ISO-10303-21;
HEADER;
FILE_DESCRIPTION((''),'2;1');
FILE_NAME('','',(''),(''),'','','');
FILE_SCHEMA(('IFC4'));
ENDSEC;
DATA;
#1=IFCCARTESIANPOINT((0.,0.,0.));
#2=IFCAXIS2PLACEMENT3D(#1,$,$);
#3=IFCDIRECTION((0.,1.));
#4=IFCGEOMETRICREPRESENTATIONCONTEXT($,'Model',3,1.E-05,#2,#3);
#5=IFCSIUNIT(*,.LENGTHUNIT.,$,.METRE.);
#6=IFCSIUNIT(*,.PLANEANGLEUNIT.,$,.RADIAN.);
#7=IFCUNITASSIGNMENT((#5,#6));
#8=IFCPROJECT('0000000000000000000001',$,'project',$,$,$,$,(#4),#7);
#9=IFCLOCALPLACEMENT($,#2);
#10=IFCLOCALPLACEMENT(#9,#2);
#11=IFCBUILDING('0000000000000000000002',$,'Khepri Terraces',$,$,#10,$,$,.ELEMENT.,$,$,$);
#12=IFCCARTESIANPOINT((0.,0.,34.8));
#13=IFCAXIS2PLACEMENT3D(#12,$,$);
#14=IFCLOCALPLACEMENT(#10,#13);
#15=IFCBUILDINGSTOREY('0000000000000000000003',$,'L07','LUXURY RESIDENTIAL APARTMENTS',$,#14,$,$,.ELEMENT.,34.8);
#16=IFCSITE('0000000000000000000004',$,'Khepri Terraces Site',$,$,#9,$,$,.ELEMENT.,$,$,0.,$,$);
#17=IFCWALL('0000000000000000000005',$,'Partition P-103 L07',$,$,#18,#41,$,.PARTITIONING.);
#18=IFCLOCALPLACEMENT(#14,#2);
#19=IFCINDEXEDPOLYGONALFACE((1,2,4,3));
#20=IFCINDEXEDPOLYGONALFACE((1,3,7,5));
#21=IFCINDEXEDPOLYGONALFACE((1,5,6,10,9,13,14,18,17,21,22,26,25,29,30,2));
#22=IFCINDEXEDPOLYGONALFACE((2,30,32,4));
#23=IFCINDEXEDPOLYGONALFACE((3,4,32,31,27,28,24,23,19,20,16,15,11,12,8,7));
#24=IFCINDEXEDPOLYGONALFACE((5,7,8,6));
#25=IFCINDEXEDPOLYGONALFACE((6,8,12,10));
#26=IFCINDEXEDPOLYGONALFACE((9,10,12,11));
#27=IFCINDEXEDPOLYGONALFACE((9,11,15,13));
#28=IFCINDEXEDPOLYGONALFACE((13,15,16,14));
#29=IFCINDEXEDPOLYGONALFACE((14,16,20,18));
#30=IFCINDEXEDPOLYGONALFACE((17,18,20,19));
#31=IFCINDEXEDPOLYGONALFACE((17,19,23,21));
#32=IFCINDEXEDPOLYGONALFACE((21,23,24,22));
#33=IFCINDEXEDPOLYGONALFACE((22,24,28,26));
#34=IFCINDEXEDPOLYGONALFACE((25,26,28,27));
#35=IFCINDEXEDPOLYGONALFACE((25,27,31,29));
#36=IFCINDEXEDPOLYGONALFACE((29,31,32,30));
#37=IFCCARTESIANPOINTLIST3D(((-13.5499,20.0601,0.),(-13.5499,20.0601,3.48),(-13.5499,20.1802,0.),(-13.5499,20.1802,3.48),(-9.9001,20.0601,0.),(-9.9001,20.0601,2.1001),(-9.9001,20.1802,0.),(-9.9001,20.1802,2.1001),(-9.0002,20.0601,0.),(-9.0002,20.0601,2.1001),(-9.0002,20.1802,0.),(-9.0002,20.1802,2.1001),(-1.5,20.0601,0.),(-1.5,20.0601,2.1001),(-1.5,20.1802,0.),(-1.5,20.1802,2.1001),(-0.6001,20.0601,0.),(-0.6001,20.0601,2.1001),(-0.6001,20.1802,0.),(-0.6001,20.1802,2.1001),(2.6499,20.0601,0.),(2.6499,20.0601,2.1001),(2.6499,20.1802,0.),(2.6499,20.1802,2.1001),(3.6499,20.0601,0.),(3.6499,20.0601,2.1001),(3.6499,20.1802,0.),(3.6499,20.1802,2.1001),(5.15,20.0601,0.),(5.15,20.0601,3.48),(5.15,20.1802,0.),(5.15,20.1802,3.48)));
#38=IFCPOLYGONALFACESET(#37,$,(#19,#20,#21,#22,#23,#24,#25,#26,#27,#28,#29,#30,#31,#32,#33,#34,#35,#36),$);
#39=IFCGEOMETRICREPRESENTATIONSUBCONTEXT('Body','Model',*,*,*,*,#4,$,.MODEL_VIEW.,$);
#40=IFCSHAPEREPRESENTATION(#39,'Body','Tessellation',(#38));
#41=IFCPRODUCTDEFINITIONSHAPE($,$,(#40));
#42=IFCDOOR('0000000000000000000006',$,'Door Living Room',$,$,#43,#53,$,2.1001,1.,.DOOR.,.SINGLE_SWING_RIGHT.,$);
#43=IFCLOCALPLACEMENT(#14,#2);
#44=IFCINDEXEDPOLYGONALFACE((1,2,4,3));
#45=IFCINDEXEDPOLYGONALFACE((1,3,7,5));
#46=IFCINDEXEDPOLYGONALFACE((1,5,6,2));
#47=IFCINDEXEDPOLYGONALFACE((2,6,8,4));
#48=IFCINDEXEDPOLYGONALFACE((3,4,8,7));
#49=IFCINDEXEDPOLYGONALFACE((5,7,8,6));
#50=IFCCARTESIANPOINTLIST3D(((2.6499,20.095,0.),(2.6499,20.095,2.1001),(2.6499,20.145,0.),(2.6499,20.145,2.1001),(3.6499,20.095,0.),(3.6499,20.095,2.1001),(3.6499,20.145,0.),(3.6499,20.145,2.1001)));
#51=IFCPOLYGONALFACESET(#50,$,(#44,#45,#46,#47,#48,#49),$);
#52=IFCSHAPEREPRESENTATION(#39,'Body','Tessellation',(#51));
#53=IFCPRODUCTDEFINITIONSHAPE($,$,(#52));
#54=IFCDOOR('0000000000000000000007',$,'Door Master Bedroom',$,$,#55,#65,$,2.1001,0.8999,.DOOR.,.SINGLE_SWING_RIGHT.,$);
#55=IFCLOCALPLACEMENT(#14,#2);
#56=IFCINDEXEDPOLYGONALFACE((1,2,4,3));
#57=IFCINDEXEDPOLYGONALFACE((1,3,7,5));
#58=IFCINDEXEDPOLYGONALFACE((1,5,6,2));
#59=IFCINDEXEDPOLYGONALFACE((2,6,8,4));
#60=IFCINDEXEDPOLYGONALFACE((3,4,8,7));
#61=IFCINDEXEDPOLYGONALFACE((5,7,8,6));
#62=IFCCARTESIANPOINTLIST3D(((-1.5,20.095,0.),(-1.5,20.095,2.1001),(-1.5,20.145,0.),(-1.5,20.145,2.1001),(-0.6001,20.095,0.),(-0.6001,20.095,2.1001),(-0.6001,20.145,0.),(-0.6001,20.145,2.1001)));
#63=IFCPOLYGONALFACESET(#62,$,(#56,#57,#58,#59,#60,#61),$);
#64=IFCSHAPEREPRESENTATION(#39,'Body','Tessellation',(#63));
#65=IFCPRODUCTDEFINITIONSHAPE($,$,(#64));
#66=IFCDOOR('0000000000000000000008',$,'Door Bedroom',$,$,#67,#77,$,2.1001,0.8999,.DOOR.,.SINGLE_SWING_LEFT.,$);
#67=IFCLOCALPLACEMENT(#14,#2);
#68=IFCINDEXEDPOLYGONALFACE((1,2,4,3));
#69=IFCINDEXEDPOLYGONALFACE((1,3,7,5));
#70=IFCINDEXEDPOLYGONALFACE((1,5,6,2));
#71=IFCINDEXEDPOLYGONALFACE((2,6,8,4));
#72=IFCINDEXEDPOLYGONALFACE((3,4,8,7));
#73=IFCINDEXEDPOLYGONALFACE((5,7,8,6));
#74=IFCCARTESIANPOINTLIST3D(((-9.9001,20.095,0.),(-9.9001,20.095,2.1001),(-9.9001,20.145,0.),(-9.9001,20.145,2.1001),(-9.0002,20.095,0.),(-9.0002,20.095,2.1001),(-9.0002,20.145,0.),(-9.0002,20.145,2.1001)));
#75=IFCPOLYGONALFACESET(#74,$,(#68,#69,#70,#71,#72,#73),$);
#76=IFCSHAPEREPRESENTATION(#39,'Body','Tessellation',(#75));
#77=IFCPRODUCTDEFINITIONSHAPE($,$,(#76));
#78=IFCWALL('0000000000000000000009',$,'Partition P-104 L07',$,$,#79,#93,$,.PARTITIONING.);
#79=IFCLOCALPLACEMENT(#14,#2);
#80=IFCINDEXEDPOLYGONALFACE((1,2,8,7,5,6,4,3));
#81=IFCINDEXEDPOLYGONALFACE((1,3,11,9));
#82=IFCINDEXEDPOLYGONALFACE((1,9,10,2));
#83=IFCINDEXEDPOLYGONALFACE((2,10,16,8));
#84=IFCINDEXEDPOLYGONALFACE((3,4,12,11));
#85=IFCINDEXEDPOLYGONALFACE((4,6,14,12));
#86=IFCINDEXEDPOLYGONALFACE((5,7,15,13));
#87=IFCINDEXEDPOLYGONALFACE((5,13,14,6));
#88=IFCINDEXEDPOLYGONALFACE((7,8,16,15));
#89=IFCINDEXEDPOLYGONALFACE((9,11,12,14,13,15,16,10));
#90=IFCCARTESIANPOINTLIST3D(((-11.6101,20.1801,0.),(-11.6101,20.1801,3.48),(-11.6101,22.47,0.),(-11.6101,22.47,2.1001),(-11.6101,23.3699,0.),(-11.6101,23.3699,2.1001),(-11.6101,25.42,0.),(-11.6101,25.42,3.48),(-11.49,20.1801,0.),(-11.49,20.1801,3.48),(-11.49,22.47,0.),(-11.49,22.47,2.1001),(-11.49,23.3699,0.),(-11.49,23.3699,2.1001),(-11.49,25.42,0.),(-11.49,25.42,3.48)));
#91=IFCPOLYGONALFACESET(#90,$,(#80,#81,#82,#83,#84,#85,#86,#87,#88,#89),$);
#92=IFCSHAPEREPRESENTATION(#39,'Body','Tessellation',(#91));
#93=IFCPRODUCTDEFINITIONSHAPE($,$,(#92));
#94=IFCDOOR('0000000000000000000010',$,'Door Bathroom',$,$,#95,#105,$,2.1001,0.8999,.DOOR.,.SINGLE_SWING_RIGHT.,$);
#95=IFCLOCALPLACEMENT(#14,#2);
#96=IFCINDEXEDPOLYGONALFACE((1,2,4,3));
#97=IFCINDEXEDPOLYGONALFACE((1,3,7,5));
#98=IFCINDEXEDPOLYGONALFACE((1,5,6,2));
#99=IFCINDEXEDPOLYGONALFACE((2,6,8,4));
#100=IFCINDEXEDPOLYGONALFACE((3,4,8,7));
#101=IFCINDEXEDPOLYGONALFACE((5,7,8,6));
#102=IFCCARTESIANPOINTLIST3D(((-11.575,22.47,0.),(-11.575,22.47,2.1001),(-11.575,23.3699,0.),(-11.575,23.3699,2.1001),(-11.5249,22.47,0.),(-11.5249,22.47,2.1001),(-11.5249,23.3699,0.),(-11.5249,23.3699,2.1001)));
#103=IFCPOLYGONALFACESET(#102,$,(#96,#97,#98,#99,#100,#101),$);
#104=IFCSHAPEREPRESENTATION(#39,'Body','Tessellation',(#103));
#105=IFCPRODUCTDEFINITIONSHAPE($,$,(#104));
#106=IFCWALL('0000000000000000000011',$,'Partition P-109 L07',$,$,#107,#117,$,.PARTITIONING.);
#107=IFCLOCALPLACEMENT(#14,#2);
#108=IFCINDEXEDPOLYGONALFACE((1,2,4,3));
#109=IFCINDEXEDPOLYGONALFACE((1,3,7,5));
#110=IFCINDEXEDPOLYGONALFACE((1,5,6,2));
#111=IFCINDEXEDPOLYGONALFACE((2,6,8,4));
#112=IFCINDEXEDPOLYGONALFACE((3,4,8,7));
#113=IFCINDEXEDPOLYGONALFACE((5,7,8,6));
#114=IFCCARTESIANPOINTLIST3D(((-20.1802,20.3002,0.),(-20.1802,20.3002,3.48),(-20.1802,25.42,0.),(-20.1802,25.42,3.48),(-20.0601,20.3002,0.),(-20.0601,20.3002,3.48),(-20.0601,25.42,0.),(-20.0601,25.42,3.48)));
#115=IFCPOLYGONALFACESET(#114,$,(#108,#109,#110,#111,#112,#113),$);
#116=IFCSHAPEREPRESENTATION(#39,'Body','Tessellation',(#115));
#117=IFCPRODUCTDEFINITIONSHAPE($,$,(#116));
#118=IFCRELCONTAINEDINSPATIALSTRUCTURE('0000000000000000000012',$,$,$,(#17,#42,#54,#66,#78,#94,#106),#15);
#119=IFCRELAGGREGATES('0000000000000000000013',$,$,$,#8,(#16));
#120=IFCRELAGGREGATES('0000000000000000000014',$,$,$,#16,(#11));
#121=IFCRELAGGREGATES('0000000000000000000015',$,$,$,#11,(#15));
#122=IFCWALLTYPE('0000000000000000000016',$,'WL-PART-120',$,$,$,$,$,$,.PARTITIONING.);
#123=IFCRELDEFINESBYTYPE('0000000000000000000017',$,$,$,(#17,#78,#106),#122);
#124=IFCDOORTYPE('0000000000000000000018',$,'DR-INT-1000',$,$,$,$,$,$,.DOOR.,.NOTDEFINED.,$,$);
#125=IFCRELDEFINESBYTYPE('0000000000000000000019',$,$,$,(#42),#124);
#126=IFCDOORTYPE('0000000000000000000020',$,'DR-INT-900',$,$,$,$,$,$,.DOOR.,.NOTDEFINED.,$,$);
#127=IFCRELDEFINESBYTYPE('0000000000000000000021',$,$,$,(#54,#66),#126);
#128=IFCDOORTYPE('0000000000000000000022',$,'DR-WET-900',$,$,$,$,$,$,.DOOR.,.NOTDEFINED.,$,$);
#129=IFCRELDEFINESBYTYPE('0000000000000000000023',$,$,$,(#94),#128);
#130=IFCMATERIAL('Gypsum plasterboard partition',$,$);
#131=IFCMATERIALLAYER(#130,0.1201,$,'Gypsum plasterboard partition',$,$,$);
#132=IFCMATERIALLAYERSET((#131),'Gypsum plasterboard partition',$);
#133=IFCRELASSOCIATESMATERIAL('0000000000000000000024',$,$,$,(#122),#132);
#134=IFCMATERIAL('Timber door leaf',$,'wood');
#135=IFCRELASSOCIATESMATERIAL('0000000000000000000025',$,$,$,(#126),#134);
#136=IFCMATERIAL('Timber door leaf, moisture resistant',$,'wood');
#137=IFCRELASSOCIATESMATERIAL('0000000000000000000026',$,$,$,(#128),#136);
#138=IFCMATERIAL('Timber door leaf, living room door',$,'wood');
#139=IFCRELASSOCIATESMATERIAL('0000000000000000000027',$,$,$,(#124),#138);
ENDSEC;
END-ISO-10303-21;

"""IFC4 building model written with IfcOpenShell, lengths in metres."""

from ifc_helpers import new_model, si_unit, direction, frame, frame_2d, origin, place, context, subcontext, project, spatial, rectangle, extrude, material, layer, layer_set, type_object, element, fill, save


model = new_model("IFC4")

# Units and contexts
model_context = context("Model", 3, precision=1e-05, world=origin(), true_north=direction((0.0, 1.0)))
body_context = subcontext(model_context, "Body", "Model", "MODEL_VIEW")
ifc_project = project(units=[si_unit("LENGTHUNIT", "METRE"), si_unit("PLANEANGLEUNIT", "RADIAN")], contexts=[model_context])

# Site, building, storey
site_placement = place(None, origin())
site = spatial("IfcSite", under=ifc_project, at=site_placement, Name="Khepri Terraces Site", CompositionType="ELEMENT", RefElevation=0.0)
building_placement = place(site_placement, origin())
building = spatial("IfcBuilding", under=site, at=building_placement, Name="Khepri Terraces", CompositionType="ELEMENT")
storey_placement = place(building_placement, frame((0.0, 0.0, 34.8)))
storey = spatial("IfcBuildingStorey", under=building, at=storey_placement, Name="L07", Description="LUXURY RESIDENTIAL APARTMENTS", CompositionType="ELEMENT", Elevation=34.8)

# Shared definitions
ifc_material_1 = material(Name="Gypsum plasterboard partition")
ifc_layer_1 = layer(ifc_material_1, 0.1201, Name="Gypsum plasterboard partition")
ifc_layer_set_1 = layer_set([ifc_layer_1], Name="Gypsum plasterboard partition")
wall_type_1 = type_object("IfcWallType", Name="WL-PART-120", PredefinedType="PARTITIONING", material=ifc_layer_set_1)
ifc_material_2 = material(Name="Timber door leaf", Category="wood")
door_type_1 = type_object("IfcDoorType", Name="DR-INT-900", OperationType="NOTDEFINED", PredefinedType="DOOR", material=ifc_material_2)

# Wall, openings, doors
ifc_material_3 = material(Name="Timber door leaf, moisture resistant", Category="wood")
door_type_2 = type_object("IfcDoorType", Name="DR-WET-900", OperationType="NOTDEFINED", PredefinedType="DOOR", material=ifc_material_3)
wall_1_placement = place(storey_placement, frame((-13.55, 20.1201, 0.0), z_axis=(0.0, 0.0, 1.0), x_axis=(1.0, 0.0, 0.0)))
wall_1 = element("IfcWall", 1, at=wall_1_placement, inside=storey, type_object=wall_type_1, Name="Partition P-103 L07", PredefinedType="PARTITIONING", context=body_context, shape_type="SweptSolid", body=[
    extrude(rectangle(XDim=18.7, YDim=0.1201, at=frame_2d((9.3501, 0.0))), origin(), (0.0, 0.0, 1.0), 3.48),
])
opening_1_placement = place(wall_1_placement, frame((16.2, 0.0, 0.0)))
opening_1 = element("IfcOpeningElement", 2, at=opening_1_placement, cuts=wall_1, PredefinedType="OPENING", context=body_context, shape_type="SweptSolid", body=[
    extrude(rectangle(XDim=1.0, YDim=2.1001, at=frame_2d((0.5, 1.05))), frame((0.0, 0.0701, 0.0), z_axis=(0.0, -1.0, 0.0), x_axis=(1.0, 0.0, 0.0)), (0.0, 0.0, 1.0), 0.1401),
])
opening_2_placement = place(wall_1_placement, frame((12.05, 0.0, 0.0)))
opening_2 = element("IfcOpeningElement", 3, at=opening_2_placement, cuts=wall_1, PredefinedType="OPENING", context=body_context, shape_type="SweptSolid", body=[
    extrude(rectangle(XDim=0.8999, YDim=2.1001, at=frame_2d((0.45, 1.05))), frame((0.0, 0.0701, 0.0), z_axis=(0.0, -1.0, 0.0), x_axis=(1.0, 0.0, 0.0)), (0.0, 0.0, 1.0), 0.1401),
])
opening_3_placement = place(wall_1_placement, frame((3.6499, 0.0, 0.0)))
opening_3 = element("IfcOpeningElement", 4, at=opening_3_placement, cuts=wall_1, PredefinedType="OPENING", context=body_context, shape_type="SweptSolid", body=[
    extrude(rectangle(XDim=0.8999, YDim=2.1001, at=frame_2d((0.45, 1.05))), frame((0.0, 0.0701, 0.0), z_axis=(0.0, -1.0, 0.0), x_axis=(1.0, 0.0, 0.0)), (0.0, 0.0, 1.0), 0.1401),
])
ifc_material_4 = material(Name="Timber door leaf, living room door", Category="wood")
door_type_3 = type_object("IfcDoorType", Name="DR-INT-1000", OperationType="NOTDEFINED", PredefinedType="DOOR", material=ifc_material_4)
door_1_placement = place(opening_1_placement, origin())
door_1 = element("IfcDoor", 5, at=door_1_placement, inside=storey, type_object=door_type_3, Name="Door Living Room", OperationType="SINGLE_SWING_RIGHT", OverallHeight=2.1001, OverallWidth=1.0, PredefinedType="DOOR", context=body_context, shape_type="SweptSolid", body=[
    extrude(rectangle(XDim=1.0, YDim=2.1001, at=frame_2d((0.5, 1.05))), frame((0.0, 0.0249, 0.0), z_axis=(0.0, -1.0, 0.0), x_axis=(1.0, 0.0, 0.0)), (0.0, 0.0, 1.0), 0.05),
])
fill(opening_1, door_1)
door_2_placement = place(opening_2_placement, origin())
door_2 = element("IfcDoor", 6, at=door_2_placement, inside=storey, type_object=door_type_1, Name="Door Master Bedroom", OperationType="SINGLE_SWING_RIGHT", OverallHeight=2.1001, OverallWidth=0.8999, PredefinedType="DOOR", context=body_context, shape_type="SweptSolid", body=[
    extrude(rectangle(XDim=0.8999, YDim=2.1001, at=frame_2d((0.45, 1.05))), frame((0.0, 0.0249, 0.0), z_axis=(0.0, -1.0, 0.0), x_axis=(1.0, 0.0, 0.0)), (0.0, 0.0, 1.0), 0.05),
])
fill(opening_2, door_2)
door_3_placement = place(opening_3_placement, origin())
door_3 = element("IfcDoor", 7, at=door_3_placement, inside=storey, type_object=door_type_1, Name="Door Bedroom", OperationType="SINGLE_SWING_LEFT", OverallHeight=2.1001, OverallWidth=0.8999, PredefinedType="DOOR", context=body_context, shape_type="SweptSolid", body=[
    extrude(rectangle(XDim=0.8999, YDim=2.1001, at=frame_2d((0.45, 1.05))), frame((0.0, 0.0249, 0.0), z_axis=(0.0, -1.0, 0.0), x_axis=(1.0, 0.0, 0.0)), (0.0, 0.0, 1.0), 0.05),
])
fill(opening_3, door_3)

# Wall, opening, door
wall_2_placement = place(storey_placement, frame((-11.55, 20.1799, 0.0), z_axis=(0.0, 0.0, 1.0), x_axis=(0.0, 1.0, 0.0)))
wall_2 = element("IfcWall", 8, at=wall_2_placement, inside=storey, type_object=wall_type_1, Name="Partition P-104 L07", PredefinedType="PARTITIONING", context=body_context, shape_type="SweptSolid", body=[
    extrude(rectangle(XDim=5.24, YDim=0.1201, at=frame_2d((2.6201, 0.0))), origin(), (0.0, 0.0, 1.0), 3.48),
])
opening_4_placement = place(wall_2_placement, frame((2.29, 0.0, 0.0)))
opening_4 = element("IfcOpeningElement", 9, at=opening_4_placement, cuts=wall_2, PredefinedType="OPENING", context=body_context, shape_type="SweptSolid", body=[
    extrude(rectangle(XDim=0.8999, YDim=2.1001, at=frame_2d((0.45, 1.05))), frame((0.0, 0.0701, 0.0), z_axis=(0.0, -1.0, 0.0), x_axis=(1.0, 0.0, 0.0)), (0.0, 0.0, 1.0), 0.1401),
])
door_4_placement = place(opening_4_placement, origin())
door_4 = element("IfcDoor", 10, at=door_4_placement, inside=storey, type_object=door_type_2, Name="Door Bathroom", OperationType="SINGLE_SWING_RIGHT", OverallHeight=2.1001, OverallWidth=0.8999, PredefinedType="DOOR", context=body_context, shape_type="SweptSolid", body=[
    extrude(rectangle(XDim=0.8999, YDim=2.1001, at=frame_2d((0.45, 1.05))), frame((0.0, 0.0249, 0.0), z_axis=(0.0, -1.0, 0.0), x_axis=(1.0, 0.0, 0.0)), (0.0, 0.0, 1.0), 0.05),
])
fill(opening_4, door_4)

# Wall
wall_3_placement = place(storey_placement, frame((-20.1201, 20.3, 0.0), z_axis=(0.0, 0.0, 1.0), x_axis=(0.0, 1.0, 0.0)))
element("IfcWall", 11, at=wall_3_placement, inside=storey, type_object=wall_type_1, Name="Partition P-109 L07", PredefinedType="PARTITIONING", context=body_context, shape_type="SweptSolid", body=[
    extrude(rectangle(XDim=5.1199, YDim=0.1201, at=frame_2d((2.5601, 0.0))), origin(), (0.0, 0.0, 1.0), 3.48),
])

save(model, "model.ifc")
